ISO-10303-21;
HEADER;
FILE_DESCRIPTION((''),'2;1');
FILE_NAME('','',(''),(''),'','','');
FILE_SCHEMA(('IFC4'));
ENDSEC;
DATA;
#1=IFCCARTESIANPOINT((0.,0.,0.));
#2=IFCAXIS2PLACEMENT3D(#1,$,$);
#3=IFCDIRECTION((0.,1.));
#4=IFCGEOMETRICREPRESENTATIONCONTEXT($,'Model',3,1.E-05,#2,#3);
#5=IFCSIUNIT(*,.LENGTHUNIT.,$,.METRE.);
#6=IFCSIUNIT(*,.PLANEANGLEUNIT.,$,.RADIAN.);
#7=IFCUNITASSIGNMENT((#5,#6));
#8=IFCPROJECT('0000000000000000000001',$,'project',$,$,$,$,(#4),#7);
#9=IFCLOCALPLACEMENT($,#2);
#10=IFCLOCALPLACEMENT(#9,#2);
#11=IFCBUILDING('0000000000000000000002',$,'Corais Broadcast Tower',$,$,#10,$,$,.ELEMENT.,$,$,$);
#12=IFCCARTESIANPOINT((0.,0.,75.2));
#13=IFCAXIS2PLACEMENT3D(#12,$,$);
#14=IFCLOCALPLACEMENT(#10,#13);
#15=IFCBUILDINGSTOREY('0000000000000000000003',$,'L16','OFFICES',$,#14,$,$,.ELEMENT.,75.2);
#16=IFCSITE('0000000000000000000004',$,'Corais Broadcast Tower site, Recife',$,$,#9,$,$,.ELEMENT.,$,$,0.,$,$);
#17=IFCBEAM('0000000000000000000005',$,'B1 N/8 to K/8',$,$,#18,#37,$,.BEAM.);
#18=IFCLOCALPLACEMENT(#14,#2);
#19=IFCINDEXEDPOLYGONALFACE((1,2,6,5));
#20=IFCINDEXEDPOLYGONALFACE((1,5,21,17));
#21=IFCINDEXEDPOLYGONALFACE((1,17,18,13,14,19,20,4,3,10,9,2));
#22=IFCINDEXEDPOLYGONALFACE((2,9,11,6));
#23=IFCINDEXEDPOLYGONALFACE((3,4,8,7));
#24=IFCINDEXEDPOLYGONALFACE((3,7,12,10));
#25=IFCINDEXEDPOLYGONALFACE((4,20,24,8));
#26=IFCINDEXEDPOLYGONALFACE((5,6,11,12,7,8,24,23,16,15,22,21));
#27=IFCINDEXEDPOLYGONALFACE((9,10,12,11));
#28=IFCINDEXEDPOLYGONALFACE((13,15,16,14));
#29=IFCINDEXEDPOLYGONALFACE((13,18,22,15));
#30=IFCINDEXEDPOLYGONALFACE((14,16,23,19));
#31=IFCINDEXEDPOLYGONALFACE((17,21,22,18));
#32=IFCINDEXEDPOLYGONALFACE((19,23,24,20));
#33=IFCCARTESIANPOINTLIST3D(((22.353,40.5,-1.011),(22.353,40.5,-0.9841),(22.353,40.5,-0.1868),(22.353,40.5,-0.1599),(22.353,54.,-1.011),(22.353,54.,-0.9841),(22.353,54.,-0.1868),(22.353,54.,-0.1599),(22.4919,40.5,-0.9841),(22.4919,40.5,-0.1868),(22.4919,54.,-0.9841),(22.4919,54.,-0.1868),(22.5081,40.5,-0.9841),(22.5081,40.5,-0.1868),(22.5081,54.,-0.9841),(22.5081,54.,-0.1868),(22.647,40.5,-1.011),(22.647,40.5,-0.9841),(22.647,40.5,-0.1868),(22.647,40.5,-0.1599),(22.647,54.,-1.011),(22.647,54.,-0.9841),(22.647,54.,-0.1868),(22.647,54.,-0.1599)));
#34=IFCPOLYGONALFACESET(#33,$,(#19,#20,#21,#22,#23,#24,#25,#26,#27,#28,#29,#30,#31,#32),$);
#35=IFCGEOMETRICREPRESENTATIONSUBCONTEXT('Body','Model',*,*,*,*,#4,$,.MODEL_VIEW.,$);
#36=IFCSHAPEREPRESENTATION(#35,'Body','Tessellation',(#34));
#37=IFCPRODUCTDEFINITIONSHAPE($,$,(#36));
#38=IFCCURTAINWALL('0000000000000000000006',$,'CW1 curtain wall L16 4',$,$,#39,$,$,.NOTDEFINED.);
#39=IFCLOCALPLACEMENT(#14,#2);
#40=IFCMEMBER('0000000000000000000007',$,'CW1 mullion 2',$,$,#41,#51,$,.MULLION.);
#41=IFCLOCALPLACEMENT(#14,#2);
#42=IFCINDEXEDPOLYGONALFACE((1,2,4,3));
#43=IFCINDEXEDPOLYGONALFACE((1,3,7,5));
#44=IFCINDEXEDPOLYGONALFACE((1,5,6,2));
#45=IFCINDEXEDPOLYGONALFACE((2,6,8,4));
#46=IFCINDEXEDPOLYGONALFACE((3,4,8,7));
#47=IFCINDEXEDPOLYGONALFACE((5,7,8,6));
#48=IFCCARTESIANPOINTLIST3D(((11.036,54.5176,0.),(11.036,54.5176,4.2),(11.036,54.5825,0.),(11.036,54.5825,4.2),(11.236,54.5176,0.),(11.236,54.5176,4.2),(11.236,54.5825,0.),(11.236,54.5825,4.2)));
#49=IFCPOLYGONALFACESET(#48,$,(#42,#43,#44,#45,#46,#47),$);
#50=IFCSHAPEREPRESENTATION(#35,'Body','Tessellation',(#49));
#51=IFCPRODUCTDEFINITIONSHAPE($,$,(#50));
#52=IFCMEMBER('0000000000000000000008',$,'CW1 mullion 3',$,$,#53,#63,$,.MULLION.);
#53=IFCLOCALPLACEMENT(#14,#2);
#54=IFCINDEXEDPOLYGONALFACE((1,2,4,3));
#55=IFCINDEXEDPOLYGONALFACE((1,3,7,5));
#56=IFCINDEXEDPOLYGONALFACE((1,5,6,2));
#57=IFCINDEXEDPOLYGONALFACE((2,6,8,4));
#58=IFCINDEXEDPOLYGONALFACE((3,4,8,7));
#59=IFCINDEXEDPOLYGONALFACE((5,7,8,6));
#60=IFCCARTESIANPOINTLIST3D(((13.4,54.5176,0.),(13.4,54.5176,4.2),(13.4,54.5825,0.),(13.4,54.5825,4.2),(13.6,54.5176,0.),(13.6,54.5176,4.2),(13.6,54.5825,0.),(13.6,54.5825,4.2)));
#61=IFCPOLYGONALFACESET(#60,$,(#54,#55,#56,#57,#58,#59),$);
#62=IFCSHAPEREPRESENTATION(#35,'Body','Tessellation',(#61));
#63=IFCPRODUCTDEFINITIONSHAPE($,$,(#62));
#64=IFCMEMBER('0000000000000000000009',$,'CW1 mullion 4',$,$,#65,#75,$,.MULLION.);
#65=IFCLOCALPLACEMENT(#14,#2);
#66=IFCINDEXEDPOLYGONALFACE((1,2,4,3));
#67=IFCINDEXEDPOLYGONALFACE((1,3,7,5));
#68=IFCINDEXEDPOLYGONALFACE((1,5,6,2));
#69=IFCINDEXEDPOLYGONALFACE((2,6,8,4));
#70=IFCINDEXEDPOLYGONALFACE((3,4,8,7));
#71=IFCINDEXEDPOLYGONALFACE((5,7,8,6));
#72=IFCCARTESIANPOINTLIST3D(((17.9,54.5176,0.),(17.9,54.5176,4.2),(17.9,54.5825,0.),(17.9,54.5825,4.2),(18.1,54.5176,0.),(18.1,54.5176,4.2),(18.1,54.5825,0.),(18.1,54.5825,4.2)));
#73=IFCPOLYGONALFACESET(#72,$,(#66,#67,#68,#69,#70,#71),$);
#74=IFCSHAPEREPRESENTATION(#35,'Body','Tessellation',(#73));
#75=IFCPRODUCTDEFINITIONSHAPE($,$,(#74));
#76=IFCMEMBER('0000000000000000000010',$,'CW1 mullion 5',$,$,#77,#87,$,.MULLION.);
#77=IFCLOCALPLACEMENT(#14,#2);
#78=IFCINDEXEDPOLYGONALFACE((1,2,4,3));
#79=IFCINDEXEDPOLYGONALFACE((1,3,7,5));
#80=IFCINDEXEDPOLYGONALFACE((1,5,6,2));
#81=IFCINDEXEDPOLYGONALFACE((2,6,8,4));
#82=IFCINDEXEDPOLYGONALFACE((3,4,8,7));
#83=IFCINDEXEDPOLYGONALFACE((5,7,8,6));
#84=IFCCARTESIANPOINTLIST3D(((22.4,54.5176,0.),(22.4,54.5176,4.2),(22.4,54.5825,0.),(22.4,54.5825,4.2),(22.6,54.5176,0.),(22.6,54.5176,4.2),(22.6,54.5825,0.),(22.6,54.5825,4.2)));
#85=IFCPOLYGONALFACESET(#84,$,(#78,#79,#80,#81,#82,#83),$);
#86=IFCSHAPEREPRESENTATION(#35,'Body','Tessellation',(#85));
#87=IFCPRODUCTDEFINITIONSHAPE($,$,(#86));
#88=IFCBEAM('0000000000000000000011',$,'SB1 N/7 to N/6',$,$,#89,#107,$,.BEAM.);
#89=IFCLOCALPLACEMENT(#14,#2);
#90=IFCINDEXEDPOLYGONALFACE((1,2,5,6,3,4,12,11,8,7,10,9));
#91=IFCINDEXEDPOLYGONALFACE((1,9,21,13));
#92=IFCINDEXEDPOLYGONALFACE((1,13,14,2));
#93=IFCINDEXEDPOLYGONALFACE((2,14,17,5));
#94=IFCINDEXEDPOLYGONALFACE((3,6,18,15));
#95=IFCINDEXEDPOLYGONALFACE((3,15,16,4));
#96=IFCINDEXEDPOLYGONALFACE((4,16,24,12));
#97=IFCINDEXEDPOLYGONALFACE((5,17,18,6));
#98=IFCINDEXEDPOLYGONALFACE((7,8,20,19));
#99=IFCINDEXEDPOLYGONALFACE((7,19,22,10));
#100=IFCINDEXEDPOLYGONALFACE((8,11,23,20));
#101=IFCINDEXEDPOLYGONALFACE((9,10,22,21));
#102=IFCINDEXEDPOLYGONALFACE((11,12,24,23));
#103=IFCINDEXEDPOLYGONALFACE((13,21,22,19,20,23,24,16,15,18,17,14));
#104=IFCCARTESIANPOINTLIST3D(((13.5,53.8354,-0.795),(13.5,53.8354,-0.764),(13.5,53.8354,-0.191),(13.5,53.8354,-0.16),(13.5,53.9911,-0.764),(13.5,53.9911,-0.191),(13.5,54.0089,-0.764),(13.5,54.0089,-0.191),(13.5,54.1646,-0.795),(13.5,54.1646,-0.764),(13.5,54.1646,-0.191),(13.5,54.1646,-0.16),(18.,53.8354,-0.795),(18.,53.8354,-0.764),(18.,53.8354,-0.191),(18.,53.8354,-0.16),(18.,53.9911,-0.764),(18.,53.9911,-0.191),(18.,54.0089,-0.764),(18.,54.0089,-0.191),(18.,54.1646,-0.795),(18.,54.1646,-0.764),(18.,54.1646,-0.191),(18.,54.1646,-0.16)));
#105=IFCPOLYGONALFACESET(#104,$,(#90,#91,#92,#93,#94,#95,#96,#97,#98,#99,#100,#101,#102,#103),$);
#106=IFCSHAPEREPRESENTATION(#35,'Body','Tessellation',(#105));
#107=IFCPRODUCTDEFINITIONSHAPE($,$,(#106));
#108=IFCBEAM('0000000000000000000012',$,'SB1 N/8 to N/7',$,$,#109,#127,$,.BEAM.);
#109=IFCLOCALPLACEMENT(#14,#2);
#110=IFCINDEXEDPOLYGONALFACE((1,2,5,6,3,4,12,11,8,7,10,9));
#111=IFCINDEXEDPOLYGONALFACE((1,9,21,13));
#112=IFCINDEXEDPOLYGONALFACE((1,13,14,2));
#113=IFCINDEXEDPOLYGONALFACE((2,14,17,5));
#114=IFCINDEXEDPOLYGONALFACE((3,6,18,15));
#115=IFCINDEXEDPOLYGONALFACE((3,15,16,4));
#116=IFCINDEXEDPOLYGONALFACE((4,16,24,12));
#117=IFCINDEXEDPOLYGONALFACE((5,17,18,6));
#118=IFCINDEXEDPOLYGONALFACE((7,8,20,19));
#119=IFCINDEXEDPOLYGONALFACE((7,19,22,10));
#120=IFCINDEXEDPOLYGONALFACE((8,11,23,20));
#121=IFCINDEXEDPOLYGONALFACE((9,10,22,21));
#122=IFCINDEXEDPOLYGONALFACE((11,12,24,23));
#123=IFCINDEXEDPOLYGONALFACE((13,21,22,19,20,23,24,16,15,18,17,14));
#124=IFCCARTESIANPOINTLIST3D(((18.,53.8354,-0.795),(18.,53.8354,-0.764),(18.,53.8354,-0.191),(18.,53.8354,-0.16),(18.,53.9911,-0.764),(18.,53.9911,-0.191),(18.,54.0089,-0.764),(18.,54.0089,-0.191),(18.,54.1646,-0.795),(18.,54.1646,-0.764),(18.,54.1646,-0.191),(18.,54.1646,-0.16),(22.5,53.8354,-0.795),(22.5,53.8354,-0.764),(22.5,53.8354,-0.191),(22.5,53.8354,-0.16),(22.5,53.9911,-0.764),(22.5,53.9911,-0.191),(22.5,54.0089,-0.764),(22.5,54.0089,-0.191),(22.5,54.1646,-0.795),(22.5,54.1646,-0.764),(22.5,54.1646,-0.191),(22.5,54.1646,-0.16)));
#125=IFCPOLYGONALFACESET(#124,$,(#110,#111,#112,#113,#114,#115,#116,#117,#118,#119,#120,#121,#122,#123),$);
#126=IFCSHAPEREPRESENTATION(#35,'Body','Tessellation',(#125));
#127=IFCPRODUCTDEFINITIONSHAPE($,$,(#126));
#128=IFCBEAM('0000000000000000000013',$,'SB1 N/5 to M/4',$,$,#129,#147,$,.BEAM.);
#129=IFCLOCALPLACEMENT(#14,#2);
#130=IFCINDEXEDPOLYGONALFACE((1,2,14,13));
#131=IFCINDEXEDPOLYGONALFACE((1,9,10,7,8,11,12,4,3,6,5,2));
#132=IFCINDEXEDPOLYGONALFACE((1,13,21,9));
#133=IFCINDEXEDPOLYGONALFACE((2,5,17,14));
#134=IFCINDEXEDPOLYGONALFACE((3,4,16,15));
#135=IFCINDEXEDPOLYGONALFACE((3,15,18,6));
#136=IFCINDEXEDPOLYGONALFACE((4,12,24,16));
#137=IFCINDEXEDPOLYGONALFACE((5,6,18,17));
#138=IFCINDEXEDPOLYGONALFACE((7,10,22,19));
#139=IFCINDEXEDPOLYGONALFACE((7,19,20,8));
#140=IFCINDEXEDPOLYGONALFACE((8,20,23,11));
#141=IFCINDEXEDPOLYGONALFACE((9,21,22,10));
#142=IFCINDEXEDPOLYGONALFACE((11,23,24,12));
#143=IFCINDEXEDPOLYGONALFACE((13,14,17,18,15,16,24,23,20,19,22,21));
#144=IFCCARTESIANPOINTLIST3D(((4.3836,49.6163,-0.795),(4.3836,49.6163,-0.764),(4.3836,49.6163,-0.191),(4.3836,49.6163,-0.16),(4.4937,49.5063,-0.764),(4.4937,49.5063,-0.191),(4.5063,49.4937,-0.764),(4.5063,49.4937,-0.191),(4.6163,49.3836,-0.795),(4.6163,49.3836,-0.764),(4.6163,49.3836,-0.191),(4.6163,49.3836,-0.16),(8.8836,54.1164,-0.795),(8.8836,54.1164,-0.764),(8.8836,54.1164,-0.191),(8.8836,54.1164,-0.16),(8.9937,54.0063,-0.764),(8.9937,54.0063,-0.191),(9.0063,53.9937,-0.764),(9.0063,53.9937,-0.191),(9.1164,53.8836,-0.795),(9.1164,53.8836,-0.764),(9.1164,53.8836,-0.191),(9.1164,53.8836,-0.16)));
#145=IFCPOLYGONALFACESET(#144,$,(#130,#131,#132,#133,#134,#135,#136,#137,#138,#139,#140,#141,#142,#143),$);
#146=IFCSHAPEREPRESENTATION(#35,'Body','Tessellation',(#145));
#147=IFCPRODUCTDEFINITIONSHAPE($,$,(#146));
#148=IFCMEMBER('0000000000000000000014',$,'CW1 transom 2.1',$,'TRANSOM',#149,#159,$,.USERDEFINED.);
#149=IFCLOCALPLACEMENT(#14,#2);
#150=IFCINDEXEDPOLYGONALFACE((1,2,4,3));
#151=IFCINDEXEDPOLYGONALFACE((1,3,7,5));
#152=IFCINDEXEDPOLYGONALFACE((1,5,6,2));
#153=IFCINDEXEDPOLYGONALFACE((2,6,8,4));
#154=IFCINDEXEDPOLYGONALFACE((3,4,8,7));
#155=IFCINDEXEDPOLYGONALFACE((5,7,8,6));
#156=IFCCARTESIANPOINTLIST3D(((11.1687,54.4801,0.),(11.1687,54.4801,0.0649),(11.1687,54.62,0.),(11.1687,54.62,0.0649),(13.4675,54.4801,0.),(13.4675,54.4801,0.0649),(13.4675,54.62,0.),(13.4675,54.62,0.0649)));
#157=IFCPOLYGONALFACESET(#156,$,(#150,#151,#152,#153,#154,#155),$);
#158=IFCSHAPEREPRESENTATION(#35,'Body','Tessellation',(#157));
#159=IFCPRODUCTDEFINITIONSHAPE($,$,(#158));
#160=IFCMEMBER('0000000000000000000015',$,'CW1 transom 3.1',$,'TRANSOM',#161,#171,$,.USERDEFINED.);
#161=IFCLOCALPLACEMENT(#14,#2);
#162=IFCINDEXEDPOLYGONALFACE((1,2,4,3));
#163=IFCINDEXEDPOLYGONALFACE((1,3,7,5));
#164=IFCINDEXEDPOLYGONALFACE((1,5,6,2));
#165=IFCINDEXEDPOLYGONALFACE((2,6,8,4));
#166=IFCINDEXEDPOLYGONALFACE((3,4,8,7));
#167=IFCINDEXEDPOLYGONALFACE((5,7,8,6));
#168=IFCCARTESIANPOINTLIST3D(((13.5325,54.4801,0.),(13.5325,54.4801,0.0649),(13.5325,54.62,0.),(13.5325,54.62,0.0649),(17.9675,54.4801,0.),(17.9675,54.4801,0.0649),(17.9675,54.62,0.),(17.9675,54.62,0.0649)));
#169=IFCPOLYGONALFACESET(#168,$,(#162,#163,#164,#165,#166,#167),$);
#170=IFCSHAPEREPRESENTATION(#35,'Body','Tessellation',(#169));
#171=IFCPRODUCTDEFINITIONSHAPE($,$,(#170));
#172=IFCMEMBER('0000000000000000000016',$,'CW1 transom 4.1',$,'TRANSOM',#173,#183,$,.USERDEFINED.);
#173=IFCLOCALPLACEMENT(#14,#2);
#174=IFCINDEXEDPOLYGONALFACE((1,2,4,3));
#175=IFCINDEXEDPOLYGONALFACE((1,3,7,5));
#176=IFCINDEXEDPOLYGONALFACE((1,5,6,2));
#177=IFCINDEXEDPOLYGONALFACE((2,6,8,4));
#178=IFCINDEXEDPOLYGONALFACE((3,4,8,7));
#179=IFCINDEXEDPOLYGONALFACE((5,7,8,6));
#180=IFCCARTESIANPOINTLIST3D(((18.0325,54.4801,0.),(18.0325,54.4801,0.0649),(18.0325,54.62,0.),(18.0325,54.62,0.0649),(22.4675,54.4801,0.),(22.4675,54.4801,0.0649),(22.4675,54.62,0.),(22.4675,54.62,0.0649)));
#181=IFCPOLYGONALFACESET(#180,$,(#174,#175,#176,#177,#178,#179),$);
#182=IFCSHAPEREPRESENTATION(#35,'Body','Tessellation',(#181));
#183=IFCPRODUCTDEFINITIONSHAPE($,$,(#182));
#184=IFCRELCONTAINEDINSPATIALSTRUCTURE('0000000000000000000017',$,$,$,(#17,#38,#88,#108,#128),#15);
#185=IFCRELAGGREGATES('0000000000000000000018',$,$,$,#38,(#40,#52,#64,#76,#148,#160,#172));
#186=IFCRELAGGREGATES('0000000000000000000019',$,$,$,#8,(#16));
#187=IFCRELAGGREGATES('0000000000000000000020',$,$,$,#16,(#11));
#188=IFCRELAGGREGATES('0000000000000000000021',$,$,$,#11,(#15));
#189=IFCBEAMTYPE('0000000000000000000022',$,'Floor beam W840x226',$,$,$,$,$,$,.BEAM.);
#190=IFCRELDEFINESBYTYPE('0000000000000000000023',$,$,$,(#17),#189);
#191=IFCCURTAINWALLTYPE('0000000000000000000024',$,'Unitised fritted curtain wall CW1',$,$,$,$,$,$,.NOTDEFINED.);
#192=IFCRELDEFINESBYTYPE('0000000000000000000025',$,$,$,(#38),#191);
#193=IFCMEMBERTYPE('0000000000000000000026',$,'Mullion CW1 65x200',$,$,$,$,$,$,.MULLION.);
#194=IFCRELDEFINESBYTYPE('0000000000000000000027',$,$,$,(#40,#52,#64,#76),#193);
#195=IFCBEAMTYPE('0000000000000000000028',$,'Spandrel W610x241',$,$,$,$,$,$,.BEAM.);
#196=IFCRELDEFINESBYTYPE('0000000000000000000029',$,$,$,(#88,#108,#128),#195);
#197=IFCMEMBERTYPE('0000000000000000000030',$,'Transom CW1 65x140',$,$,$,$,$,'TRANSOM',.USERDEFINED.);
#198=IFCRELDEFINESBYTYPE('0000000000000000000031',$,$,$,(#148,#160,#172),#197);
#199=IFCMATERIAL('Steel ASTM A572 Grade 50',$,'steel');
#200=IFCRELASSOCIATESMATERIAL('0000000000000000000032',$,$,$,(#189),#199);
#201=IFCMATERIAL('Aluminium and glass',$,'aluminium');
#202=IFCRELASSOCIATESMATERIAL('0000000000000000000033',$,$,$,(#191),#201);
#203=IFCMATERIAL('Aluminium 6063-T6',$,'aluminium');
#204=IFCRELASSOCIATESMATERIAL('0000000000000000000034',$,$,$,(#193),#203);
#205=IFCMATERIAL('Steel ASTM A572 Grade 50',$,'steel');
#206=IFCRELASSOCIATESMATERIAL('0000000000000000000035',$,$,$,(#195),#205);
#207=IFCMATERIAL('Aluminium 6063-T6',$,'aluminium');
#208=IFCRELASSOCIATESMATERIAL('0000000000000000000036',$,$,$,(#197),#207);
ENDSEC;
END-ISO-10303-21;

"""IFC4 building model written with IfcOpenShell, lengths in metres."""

from ifc_helpers import new_model, si_unit, direction, frame, origin, origin_2d, place, context, subcontext, project, spatial, rectangle, i_section, extrude, material, material_profile, profile_set, type_object, element, aggregate, save


model = new_model("IFC4")

# Units and contexts
model_context = context("Model", 3, precision=1e-05, world=origin(), true_north=direction((0.0, 1.0)))
body_context = subcontext(model_context, "Body", "Model", "MODEL_VIEW")
ifc_project = project(units=[si_unit("LENGTHUNIT", "METRE"), si_unit("PLANEANGLEUNIT", "RADIAN")], contexts=[model_context])

# Site, building, storey
site_placement = place(None, origin())
site = spatial("IfcSite", under=ifc_project, at=site_placement, Name="Corais Broadcast Tower site, Recife", CompositionType="ELEMENT", RefElevation=0.0)
building_placement = place(site_placement, origin())
building = spatial("IfcBuilding", under=site, at=building_placement, Name="Corais Broadcast Tower", CompositionType="ELEMENT")
storey_placement = place(building_placement, frame((0.0, 0.0, 75.2)))
storey = spatial("IfcBuildingStorey", under=building, at=storey_placement, Name="L16", Description="OFFICES", CompositionType="ELEMENT", Elevation=75.2)

# Beam
ifc_material_1 = material(Name="Steel ASTM A572 Grade 50", Category="steel")
ifc_material_profile_1 = material_profile(ifc_material_1, i_section(OverallWidth=0.2939, OverallDepth=0.8511, WebThickness=0.0161, FlangeThickness=0.0269, at=origin_2d()), Name="W840x226")
ifc_profile_set_1 = profile_set([ifc_material_profile_1], Name="Steel ASTM A572 Grade 50")
beam_type_1 = type_object("IfcBeamType", Name="Floor beam W840x226", PredefinedType="BEAM", material=ifc_profile_set_1)
for number, where, z_axis, x_axis, name in (
    (1, (22.5, 54.0, -0.5854), (0.0, -1.0, 0.0), (1.0, 0.0, 0.0), "B1 N/8 to K/8"),
):
    element("IfcBeam", number, at=place(storey_placement, frame(where, z_axis=z_axis, x_axis=x_axis)), inside=storey, type_object=beam_type_1, Name=name, PredefinedType="BEAM", context=body_context, shape_type="SweptSolid", body=[
        extrude(i_section(OverallWidth=0.2939, OverallDepth=0.8511, WebThickness=0.0161, FlangeThickness=0.0269, at=origin_2d()), origin(), (0.0, 0.0, 1.0), 13.5),
    ])

# Curtain wall, members
ifc_material_2 = material(Name="Aluminium and glass", Category="aluminium")
curtain_wall_type = type_object("IfcCurtainWallType", Name="Unitised fritted curtain wall CW1", PredefinedType="NOTDEFINED", material=ifc_material_2)
curtain_wall_placement = place(storey_placement, origin())
curtain_wall = element("IfcCurtainWall", 2, at=curtain_wall_placement, inside=storey, type_object=curtain_wall_type, Name="CW1 curtain wall L16 4", PredefinedType="NOTDEFINED")
ifc_material_3 = material(Name="Aluminium 6063-T6", Category="aluminium")
ifc_material_profile_2 = material_profile(ifc_material_3, rectangle(XDim=0.0649, YDim=0.2, at=origin_2d()), Name="Mullion CW1 65x200")
ifc_profile_set_2 = profile_set([ifc_material_profile_2], Name="Aluminium 6063-T6")
member_type_1 = type_object("IfcMemberType", Name="Mullion CW1 65x200", PredefinedType="MULLION", material=ifc_profile_set_2)
member_1_placement = place(storey_placement, frame((11.136, 54.55, 0.0), z_axis=(0.0, 0.0, 1.0), x_axis=(0.0, 1.0, 0.0)))
member_1 = element("IfcMember", 3, at=member_1_placement, type_object=member_type_1, Name="CW1 mullion 2", PredefinedType="MULLION", context=body_context, shape_type="SweptSolid", body=[
    extrude(rectangle(XDim=0.0649, YDim=0.2, at=origin_2d()), origin(), (0.0, 0.0, 1.0), 4.2),
])
member_2_placement = place(storey_placement, frame((13.5, 54.55, 0.0), z_axis=(0.0, 0.0, 1.0), x_axis=(0.0, 1.0, 0.0)))
member_2 = element("IfcMember", 4, at=member_2_placement, type_object=member_type_1, Name="CW1 mullion 3", PredefinedType="MULLION", context=body_context, shape_type="SweptSolid", body=[
    extrude(rectangle(XDim=0.0649, YDim=0.2, at=origin_2d()), origin(), (0.0, 0.0, 1.0), 4.2),
])
member_3_placement = place(storey_placement, frame((18.0, 54.55, 0.0), z_axis=(0.0, 0.0, 1.0), x_axis=(0.0, 1.0, 0.0)))
member_3 = element("IfcMember", 5, at=member_3_placement, type_object=member_type_1, Name="CW1 mullion 4", PredefinedType="MULLION", context=body_context, shape_type="SweptSolid", body=[
    extrude(rectangle(XDim=0.0649, YDim=0.2, at=origin_2d()), origin(), (0.0, 0.0, 1.0), 4.2),
])
member_4_placement = place(storey_placement, frame((22.5, 54.55, 0.0), z_axis=(0.0, 0.0, 1.0), x_axis=(0.0, 1.0, 0.0)))
member_4 = element("IfcMember", 6, at=member_4_placement, type_object=member_type_1, Name="CW1 mullion 5", PredefinedType="MULLION", context=body_context, shape_type="SweptSolid", body=[
    extrude(rectangle(XDim=0.0649, YDim=0.2, at=origin_2d()), origin(), (0.0, 0.0, 1.0), 4.2),
])

# Beams
ifc_material_4 = material(Name="Steel ASTM A572 Grade 50", Category="steel")
ifc_material_profile_3 = material_profile(ifc_material_4, i_section(OverallWidth=0.3291, OverallDepth=0.635, WebThickness=0.0178, FlangeThickness=0.031, at=origin_2d()), Name="W610x241")
ifc_profile_set_3 = profile_set([ifc_material_profile_3], Name="Steel ASTM A572 Grade 50")
beam_type_2 = type_object("IfcBeamType", Name="Spandrel W610x241", PredefinedType="BEAM", material=ifc_profile_set_3)
for number, where, z_axis, x_axis, name in (
    (7, (18.0, 54.0, -0.4775), (-1.0, 0.0, 0.0), (0.0, -1.0, 0.0), "SB1 N/7 to N/6"),
    (8, (22.5, 54.0, -0.4775), (-1.0, 0.0, 0.0), (0.0, -1.0, 0.0), "SB1 N/8 to N/7"),
):
    element("IfcBeam", number, at=place(storey_placement, frame(where, z_axis=z_axis, x_axis=x_axis)), inside=storey, type_object=beam_type_2, Name=name, PredefinedType="BEAM", context=body_context, shape_type="SweptSolid", body=[
        extrude(i_section(OverallWidth=0.3291, OverallDepth=0.635, WebThickness=0.0178, FlangeThickness=0.031, at=origin_2d()), origin(), (0.0, 0.0, 1.0), 4.5),
    ])
beam_1_placement = place(storey_placement, frame((9.0, 54.0, -0.4775), z_axis=(-0.707107, -0.707107, 0.0), x_axis=(0.707107, -0.707107, 0.0)))
element("IfcBeam", 9, at=beam_1_placement, inside=storey, type_object=beam_type_2, Name="SB1 N/5 to M/4", PredefinedType="BEAM", context=body_context, shape_type="SweptSolid", body=[
    extrude(i_section(OverallWidth=0.3291, OverallDepth=0.635, WebThickness=0.0178, FlangeThickness=0.031, at=origin_2d()), origin(), (0.0, 0.0, 1.0), 6.364),
])

# Members
ifc_material_5 = material(Name="Aluminium 6063-T6", Category="aluminium")
ifc_material_profile_4 = material_profile(ifc_material_5, rectangle(XDim=0.1399, YDim=0.0649, at=origin_2d()), Name="Transom CW1 65x140")
ifc_profile_set_4 = profile_set([ifc_material_profile_4], Name="Aluminium 6063-T6")
member_type_2 = type_object("IfcMemberType", Name="Transom CW1 65x140", ElementType="TRANSOM", PredefinedType="USERDEFINED", material=ifc_profile_set_4)
member_5_placement = place(storey_placement, frame((11.1687, 54.55, 0.0325), z_axis=(1.0, 0.0, 0.0), x_axis=(0.0, 1.0, 0.0)))
member_5 = element("IfcMember", 10, at=member_5_placement, type_object=member_type_2, Name="CW1 transom 2.1", ObjectType="TRANSOM", PredefinedType="USERDEFINED", context=body_context, shape_type="SweptSolid", body=[
    extrude(rectangle(XDim=0.1399, YDim=0.0649, at=origin_2d()), origin(), (0.0, 0.0, 1.0), 2.2988),
])
member_6_placement = place(storey_placement, frame((13.5325, 54.55, 0.0325), z_axis=(1.0, 0.0, 0.0), x_axis=(0.0, 1.0, 0.0)))
member_6 = element("IfcMember", 11, at=member_6_placement, type_object=member_type_2, Name="CW1 transom 3.1", ObjectType="TRANSOM", PredefinedType="USERDEFINED", context=body_context, shape_type="SweptSolid", body=[
    extrude(rectangle(XDim=0.1399, YDim=0.0649, at=origin_2d()), origin(), (0.0, 0.0, 1.0), 4.4351),
])
member_7_placement = place(storey_placement, frame((18.0325, 54.55, 0.0325), z_axis=(1.0, 0.0, 0.0), x_axis=(0.0, 1.0, 0.0)))
member_7 = element("IfcMember", 12, at=member_7_placement, type_object=member_type_2, Name="CW1 transom 4.1", ObjectType="TRANSOM", PredefinedType="USERDEFINED", context=body_context, shape_type="SweptSolid", body=[
    extrude(rectangle(XDim=0.1399, YDim=0.0649, at=origin_2d()), origin(), (0.0, 0.0, 1.0), 4.4351),
])

aggregate(curtain_wall, [member_1, member_2, member_3, member_4, member_5, member_6, member_7])

save(model, "model.ifc")
